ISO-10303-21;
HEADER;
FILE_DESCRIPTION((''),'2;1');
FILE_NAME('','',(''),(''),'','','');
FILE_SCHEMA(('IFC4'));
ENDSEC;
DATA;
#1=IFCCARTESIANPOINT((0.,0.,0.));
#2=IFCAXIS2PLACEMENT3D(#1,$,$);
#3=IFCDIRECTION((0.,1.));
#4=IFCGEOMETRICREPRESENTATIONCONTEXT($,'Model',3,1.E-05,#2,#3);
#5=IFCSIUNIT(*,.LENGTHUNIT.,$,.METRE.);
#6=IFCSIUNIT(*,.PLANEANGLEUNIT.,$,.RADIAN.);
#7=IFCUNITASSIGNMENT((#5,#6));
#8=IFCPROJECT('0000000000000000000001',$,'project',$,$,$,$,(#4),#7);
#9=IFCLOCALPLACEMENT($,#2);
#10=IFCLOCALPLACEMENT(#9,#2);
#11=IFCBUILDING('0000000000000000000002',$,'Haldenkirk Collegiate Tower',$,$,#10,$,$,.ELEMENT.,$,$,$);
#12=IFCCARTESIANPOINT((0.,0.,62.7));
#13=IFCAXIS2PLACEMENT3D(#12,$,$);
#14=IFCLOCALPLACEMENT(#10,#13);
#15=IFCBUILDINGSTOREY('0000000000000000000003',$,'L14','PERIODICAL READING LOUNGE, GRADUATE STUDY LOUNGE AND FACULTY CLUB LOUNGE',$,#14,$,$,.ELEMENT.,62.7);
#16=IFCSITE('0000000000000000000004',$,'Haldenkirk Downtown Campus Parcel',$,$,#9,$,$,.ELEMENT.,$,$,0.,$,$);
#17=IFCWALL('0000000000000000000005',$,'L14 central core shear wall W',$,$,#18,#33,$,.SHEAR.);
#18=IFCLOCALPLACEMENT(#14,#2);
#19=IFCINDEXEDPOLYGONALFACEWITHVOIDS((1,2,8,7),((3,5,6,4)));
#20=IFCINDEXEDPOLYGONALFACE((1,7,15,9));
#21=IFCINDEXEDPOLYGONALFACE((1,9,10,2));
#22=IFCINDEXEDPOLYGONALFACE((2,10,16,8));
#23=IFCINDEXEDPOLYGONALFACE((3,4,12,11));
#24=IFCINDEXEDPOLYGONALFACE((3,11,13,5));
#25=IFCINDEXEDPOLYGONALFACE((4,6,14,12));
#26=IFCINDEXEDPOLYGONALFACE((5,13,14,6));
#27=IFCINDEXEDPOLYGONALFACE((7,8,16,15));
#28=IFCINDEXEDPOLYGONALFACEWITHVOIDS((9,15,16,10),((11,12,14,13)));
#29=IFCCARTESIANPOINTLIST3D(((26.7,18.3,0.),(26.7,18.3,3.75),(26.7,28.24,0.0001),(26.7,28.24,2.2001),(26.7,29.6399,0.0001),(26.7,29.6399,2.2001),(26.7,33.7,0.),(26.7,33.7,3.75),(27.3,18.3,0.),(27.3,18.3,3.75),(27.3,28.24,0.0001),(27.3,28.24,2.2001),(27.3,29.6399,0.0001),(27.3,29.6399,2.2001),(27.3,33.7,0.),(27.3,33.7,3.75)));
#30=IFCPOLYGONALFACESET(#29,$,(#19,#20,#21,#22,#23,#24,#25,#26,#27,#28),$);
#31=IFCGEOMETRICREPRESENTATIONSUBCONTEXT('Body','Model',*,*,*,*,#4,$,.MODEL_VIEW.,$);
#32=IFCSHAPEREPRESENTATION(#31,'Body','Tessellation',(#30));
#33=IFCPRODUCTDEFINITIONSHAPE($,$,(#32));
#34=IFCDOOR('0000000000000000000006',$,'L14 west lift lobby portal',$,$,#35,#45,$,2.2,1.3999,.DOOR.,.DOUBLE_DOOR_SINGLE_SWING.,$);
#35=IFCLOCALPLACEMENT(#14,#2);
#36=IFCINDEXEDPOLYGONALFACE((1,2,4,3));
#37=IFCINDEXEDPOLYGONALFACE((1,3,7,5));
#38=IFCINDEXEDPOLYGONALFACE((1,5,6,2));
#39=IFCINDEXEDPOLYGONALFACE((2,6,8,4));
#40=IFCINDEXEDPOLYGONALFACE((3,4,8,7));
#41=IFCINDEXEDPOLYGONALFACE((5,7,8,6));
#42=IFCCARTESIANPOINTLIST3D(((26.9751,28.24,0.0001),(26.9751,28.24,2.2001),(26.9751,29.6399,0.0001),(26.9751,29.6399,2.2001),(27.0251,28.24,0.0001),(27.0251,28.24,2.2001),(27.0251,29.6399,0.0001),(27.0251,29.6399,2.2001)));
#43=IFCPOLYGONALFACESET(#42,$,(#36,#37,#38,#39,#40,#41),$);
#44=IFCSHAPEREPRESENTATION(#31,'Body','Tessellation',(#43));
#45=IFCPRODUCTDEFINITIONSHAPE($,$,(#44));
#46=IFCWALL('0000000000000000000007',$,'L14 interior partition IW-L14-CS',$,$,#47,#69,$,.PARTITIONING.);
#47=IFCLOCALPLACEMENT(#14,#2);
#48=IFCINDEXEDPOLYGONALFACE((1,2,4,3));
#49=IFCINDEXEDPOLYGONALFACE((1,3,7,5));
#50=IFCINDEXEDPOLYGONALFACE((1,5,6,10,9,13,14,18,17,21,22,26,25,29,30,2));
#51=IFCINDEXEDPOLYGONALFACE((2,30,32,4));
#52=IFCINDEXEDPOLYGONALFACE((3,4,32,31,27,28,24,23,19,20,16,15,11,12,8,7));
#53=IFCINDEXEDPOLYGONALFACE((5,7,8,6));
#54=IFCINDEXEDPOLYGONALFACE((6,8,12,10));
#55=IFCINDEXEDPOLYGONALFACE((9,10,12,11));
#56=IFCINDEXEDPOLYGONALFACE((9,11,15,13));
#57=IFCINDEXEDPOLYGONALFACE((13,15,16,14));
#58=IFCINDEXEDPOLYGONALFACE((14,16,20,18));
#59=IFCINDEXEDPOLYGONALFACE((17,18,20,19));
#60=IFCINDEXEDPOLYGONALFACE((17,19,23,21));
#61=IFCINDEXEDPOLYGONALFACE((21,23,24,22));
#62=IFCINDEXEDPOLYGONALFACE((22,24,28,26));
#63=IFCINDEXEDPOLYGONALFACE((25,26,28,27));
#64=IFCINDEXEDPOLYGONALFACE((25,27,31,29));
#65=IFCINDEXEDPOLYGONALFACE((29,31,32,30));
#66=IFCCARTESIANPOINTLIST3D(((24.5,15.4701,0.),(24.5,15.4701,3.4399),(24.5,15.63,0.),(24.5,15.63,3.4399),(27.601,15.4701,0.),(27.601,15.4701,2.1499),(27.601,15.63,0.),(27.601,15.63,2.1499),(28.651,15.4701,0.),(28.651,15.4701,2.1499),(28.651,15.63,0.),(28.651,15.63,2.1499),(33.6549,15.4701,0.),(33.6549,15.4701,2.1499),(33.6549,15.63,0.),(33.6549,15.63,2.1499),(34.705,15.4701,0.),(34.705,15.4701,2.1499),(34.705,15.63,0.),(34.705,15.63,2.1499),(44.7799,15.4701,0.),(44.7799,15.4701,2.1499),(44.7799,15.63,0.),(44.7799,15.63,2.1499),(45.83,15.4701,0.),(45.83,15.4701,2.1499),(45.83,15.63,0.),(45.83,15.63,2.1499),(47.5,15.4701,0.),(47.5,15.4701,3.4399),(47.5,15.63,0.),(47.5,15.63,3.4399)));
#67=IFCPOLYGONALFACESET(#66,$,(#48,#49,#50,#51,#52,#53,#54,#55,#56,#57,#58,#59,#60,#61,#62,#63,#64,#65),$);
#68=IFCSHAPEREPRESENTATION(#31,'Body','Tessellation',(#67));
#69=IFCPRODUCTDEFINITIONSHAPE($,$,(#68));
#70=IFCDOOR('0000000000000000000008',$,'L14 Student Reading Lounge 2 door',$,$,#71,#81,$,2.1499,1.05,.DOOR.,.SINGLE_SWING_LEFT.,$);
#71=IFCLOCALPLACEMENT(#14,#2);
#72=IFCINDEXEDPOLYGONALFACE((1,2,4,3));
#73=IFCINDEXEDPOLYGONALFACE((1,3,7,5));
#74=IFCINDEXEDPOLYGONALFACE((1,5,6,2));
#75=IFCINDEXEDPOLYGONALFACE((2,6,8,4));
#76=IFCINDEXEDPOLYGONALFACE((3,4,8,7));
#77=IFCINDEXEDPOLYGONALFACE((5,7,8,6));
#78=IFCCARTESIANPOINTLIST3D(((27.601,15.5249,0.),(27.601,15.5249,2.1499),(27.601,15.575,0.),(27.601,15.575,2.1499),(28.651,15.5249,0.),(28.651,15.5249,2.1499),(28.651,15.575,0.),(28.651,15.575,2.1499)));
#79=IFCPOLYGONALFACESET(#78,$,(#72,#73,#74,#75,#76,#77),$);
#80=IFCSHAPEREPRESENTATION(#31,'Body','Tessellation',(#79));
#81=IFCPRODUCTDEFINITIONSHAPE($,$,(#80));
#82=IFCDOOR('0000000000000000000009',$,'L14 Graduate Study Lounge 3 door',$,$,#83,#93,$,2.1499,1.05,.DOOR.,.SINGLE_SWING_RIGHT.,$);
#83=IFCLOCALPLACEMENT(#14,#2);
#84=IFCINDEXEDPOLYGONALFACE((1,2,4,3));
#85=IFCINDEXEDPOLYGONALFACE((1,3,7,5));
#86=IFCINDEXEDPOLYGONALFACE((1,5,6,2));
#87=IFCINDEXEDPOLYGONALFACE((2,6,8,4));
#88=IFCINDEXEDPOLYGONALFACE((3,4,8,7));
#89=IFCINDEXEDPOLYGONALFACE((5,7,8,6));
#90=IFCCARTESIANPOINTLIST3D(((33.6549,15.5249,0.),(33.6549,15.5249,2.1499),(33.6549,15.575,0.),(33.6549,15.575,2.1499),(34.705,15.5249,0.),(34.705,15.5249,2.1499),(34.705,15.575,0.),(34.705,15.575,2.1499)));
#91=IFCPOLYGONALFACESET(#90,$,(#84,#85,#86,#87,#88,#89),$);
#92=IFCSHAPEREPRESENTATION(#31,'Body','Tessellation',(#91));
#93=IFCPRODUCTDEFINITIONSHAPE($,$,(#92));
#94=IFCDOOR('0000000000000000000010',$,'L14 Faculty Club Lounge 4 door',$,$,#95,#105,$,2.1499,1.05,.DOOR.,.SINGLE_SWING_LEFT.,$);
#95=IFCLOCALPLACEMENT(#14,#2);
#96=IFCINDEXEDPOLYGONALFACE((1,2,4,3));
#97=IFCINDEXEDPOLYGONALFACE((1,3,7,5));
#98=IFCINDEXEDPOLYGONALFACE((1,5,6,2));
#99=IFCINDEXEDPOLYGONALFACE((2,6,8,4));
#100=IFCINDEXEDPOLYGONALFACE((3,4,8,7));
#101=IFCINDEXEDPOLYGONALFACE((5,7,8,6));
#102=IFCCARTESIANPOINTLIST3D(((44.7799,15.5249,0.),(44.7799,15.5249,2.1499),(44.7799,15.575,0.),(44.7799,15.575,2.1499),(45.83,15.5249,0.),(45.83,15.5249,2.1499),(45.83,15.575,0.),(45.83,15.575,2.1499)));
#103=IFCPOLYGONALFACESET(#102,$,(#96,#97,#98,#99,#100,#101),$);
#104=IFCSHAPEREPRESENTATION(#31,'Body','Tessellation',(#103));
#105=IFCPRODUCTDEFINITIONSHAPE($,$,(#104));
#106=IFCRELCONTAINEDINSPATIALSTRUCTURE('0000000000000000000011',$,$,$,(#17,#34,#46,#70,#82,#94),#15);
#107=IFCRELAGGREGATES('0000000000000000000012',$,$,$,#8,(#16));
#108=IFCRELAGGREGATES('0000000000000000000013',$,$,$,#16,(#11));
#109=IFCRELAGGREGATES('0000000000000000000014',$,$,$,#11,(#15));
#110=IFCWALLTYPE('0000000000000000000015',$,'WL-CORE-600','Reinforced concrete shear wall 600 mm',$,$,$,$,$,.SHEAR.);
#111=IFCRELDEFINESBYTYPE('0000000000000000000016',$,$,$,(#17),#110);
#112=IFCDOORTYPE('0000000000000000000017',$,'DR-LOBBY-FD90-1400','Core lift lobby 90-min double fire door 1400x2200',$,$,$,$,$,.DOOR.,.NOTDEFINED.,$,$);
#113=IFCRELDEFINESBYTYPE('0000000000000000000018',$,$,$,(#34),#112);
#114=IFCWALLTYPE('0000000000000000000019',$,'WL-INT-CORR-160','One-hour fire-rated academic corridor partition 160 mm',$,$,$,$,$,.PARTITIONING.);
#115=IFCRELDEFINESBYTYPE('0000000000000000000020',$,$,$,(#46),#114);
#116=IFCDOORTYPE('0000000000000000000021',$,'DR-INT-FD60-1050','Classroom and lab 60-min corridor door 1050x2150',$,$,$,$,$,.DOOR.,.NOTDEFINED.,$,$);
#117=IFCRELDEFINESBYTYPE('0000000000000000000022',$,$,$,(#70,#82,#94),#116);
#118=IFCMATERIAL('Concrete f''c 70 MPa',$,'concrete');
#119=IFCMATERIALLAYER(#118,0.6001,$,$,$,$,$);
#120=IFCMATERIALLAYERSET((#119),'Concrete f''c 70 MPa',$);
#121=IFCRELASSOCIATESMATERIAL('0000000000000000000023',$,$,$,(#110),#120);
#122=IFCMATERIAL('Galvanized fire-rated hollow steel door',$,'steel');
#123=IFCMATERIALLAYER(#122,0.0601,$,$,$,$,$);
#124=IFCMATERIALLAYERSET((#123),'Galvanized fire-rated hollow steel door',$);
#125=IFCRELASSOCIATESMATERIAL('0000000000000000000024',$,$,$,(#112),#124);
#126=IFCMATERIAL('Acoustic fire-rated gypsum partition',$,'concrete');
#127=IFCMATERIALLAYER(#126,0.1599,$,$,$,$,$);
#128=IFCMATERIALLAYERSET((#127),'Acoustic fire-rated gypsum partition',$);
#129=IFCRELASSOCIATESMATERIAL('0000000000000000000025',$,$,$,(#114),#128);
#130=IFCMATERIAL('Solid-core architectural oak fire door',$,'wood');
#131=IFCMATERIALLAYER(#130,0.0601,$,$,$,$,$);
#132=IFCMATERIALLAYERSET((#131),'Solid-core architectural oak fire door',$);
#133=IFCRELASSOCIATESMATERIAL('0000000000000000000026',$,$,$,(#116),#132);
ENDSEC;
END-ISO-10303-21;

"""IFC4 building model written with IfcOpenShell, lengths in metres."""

from ifc_helpers import new_model, si_unit, direction, frame, frame_2d, origin, place, context, subcontext, project, spatial, rectangle, extrude, material, layer, layer_set, type_object, element, fill, save


model = new_model("IFC4")

# Units and contexts
model_context = context("Model", 3, precision=1e-05, world=origin(), true_north=direction((0.0, 1.0)))
body_context = subcontext(model_context, "Body", "Model", "MODEL_VIEW")
ifc_project = project(units=[si_unit("LENGTHUNIT", "METRE"), si_unit("PLANEANGLEUNIT", "RADIAN")], contexts=[model_context])

# Site, building, storey
site_placement = place(None, origin())
site = spatial("IfcSite", under=ifc_project, at=site_placement, Name="Haldenkirk Downtown Campus Parcel", CompositionType="ELEMENT", RefElevation=0.0)
building_placement = place(site_placement, origin())
building = spatial("IfcBuilding", under=site, at=building_placement, Name="Haldenkirk Collegiate Tower", CompositionType="ELEMENT")
storey_placement = place(building_placement, frame((0.0, 0.0, 62.7)))
storey = spatial("IfcBuildingStorey", under=building, at=storey_placement, Name="L14", Description="PERIODICAL READING LOUNGE, GRADUATE STUDY LOUNGE AND FACULTY CLUB LOUNGE", CompositionType="ELEMENT", Elevation=62.7)

# Shared definitions
ifc_material_1 = material(Name="Concrete f'c 70 MPa", Category="concrete")
ifc_layer_1 = layer(ifc_material_1, 0.6001)
ifc_layer_set_1 = layer_set([ifc_layer_1], Name="Concrete f'c 70 MPa")
wall_type_1 = type_object("IfcWallType", Name="WL-CORE-600", Description="Reinforced concrete shear wall 600 mm", PredefinedType="SHEAR", material=ifc_layer_set_1)
ifc_material_2 = material(Name="Galvanized fire-rated hollow steel door", Category="steel")

# Wall, opening, door
wall_1_placement = place(storey_placement, frame((27.0, 18.3, 0.0), z_axis=(0.0, 0.0, 1.0), x_axis=(0.0, 1.0, 0.0)))
wall_1 = element("IfcWall", 1, at=wall_1_placement, inside=storey, type_object=wall_type_1, Name="L14 central core shear wall W", PredefinedType="SHEAR", context=body_context, shape_type="SweptSolid", body=[
    extrude(rectangle(XDim=15.3999, YDim=0.6001, at=frame_2d((7.7, 0.0))), origin(), (0.0, 0.0, 1.0), 3.75),
])
opening_1_placement = place(wall_1_placement, frame((9.9399, 0.0, 0.0)))
opening_1 = element("IfcOpeningElement", 2, at=opening_1_placement, cuts=wall_1, PredefinedType="OPENING", context=body_context, shape_type="SweptSolid", body=[
    extrude(rectangle(XDim=1.3999, YDim=2.2, at=frame_2d((0.7, 1.1001))), frame((0.0, 0.3101, 0.0), z_axis=(0.0, -1.0, 0.0), x_axis=(1.0, 0.0, 0.0)), (0.0, 0.0, 1.0), 0.6201),
])
ifc_layer_2 = layer(ifc_material_2, 0.0601)
ifc_layer_set_2 = layer_set([ifc_layer_2], Name="Galvanized fire-rated hollow steel door")
door_type_1 = type_object("IfcDoorType", Name="DR-LOBBY-FD90-1400", Description="Core lift lobby 90-min double fire door 1400x2200", OperationType="NOTDEFINED", PredefinedType="DOOR", material=ifc_layer_set_2)
door_1_placement = place(opening_1_placement, origin())
door_1 = element("IfcDoor", 3, at=door_1_placement, inside=storey, type_object=door_type_1, Name="L14 west lift lobby portal", OperationType="DOUBLE_DOOR_SINGLE_SWING", OverallHeight=2.2, OverallWidth=1.3999, PredefinedType="DOOR", context=body_context, shape_type="SweptSolid", body=[
    extrude(rectangle(XDim=1.3999, YDim=2.2, at=frame_2d((0.7, 1.1001))), frame((0.0, 0.0249, 0.0), z_axis=(0.0, -1.0, 0.0), x_axis=(1.0, 0.0, 0.0)), (0.0, 0.0, 1.0), 0.05),
])
fill(opening_1, door_1)

# Wall, openings, doors
ifc_material_3 = material(Name="Acoustic fire-rated gypsum partition", Category="concrete")
ifc_layer_3 = layer(ifc_material_3, 0.1599)
ifc_layer_set_3 = layer_set([ifc_layer_3], Name="Acoustic fire-rated gypsum partition")
wall_type_2 = type_object("IfcWallType", Name="WL-INT-CORR-160", Description="One-hour fire-rated academic corridor partition 160 mm", PredefinedType="PARTITIONING", material=ifc_layer_set_3)
wall_2_placement = place(storey_placement, frame((24.5, 15.55, 0.0), z_axis=(0.0, 0.0, 1.0), x_axis=(1.0, 0.0, 0.0)))
wall_2 = element("IfcWall", 4, at=wall_2_placement, inside=storey, type_object=wall_type_2, Name="L14 interior partition IW-L14-CS", PredefinedType="PARTITIONING", context=body_context, shape_type="SweptSolid", body=[
    extrude(rectangle(XDim=23.0, YDim=0.1599, at=frame_2d((11.5, 0.0))), origin(), (0.0, 0.0, 1.0), 3.4399),
])
opening_2_placement = place(wall_2_placement, frame((3.1011, 0.0, 0.0)))
opening_2 = element("IfcOpeningElement", 5, at=opening_2_placement, cuts=wall_2, PredefinedType="OPENING", context=body_context, shape_type="SweptSolid", body=[
    extrude(rectangle(XDim=1.05, YDim=2.1499, at=frame_2d((0.5249, 1.075))), frame((0.0, 0.0898, 0.0), z_axis=(0.0, -1.0, 0.0), x_axis=(1.0, 0.0, 0.0)), (0.0, 0.0, 1.0), 0.1799),
])
opening_3_placement = place(wall_2_placement, frame((9.155, 0.0, 0.0)))
opening_3 = element("IfcOpeningElement", 6, at=opening_3_placement, cuts=wall_2, PredefinedType="OPENING", context=body_context, shape_type="SweptSolid", body=[
    extrude(rectangle(XDim=1.05, YDim=2.1499, at=frame_2d((0.5249, 1.075))), frame((0.0, 0.0898, 0.0), z_axis=(0.0, -1.0, 0.0), x_axis=(1.0, 0.0, 0.0)), (0.0, 0.0, 1.0), 0.1799),
])
opening_4_placement = place(wall_2_placement, frame((20.28, 0.0, 0.0)))
opening_4 = element("IfcOpeningElement", 7, at=opening_4_placement, cuts=wall_2, PredefinedType="OPENING", context=body_context, shape_type="SweptSolid", body=[
    extrude(rectangle(XDim=1.05, YDim=2.1499, at=frame_2d((0.5249, 1.075))), frame((0.0, 0.0898, 0.0), z_axis=(0.0, -1.0, 0.0), x_axis=(1.0, 0.0, 0.0)), (0.0, 0.0, 1.0), 0.1799),
])
ifc_material_4 = material(Name="Solid-core architectural oak fire door", Category="wood")
ifc_layer_4 = layer(ifc_material_4, 0.0601)
ifc_layer_set_4 = layer_set([ifc_layer_4], Name="Solid-core architectural oak fire door")
door_type_2 = type_object("IfcDoorType", Name="DR-INT-FD60-1050", Description="Classroom and lab 60-min corridor door 1050x2150", OperationType="NOTDEFINED", PredefinedType="DOOR", material=ifc_layer_set_4)
door_2_placement = place(opening_2_placement, origin())
door_2 = element("IfcDoor", 8, at=door_2_placement, inside=storey, type_object=door_type_2, Name="L14 Student Reading Lounge 2 door", OperationType="SINGLE_SWING_LEFT", OverallHeight=2.1499, OverallWidth=1.05, PredefinedType="DOOR", context=body_context, shape_type="SweptSolid", body=[
    extrude(rectangle(XDim=1.05, YDim=2.1499, at=frame_2d((0.5249, 1.075))), frame((0.0, 0.0249, 0.0), z_axis=(0.0, -1.0, 0.0), x_axis=(1.0, 0.0, 0.0)), (0.0, 0.0, 1.0), 0.05),
])
fill(opening_2, door_2)
door_3_placement = place(opening_3_placement, origin())
door_3 = element("IfcDoor", 9, at=door_3_placement, inside=storey, type_object=door_type_2, Name="L14 Graduate Study Lounge 3 door", OperationType="SINGLE_SWING_RIGHT", OverallHeight=2.1499, OverallWidth=1.05, PredefinedType="DOOR", context=body_context, shape_type="SweptSolid", body=[
    extrude(rectangle(XDim=1.05, YDim=2.1499, at=frame_2d((0.5249, 1.075))), frame((0.0, 0.0249, 0.0), z_axis=(0.0, -1.0, 0.0), x_axis=(1.0, 0.0, 0.0)), (0.0, 0.0, 1.0), 0.05),
])
fill(opening_3, door_3)
door_4_placement = place(opening_4_placement, origin())
door_4 = element("IfcDoor", 10, at=door_4_placement, inside=storey, type_object=door_type_2, Name="L14 Faculty Club Lounge 4 door", OperationType="SINGLE_SWING_LEFT", OverallHeight=2.1499, OverallWidth=1.05, PredefinedType="DOOR", context=body_context, shape_type="SweptSolid", body=[
    extrude(rectangle(XDim=1.05, YDim=2.1499, at=frame_2d((0.5249, 1.075))), frame((0.0, 0.0249, 0.0), z_axis=(0.0, -1.0, 0.0), x_axis=(1.0, 0.0, 0.0)), (0.0, 0.0, 1.0), 0.05),
])
fill(opening_4, door_4)

save(model, "model.ifc")
